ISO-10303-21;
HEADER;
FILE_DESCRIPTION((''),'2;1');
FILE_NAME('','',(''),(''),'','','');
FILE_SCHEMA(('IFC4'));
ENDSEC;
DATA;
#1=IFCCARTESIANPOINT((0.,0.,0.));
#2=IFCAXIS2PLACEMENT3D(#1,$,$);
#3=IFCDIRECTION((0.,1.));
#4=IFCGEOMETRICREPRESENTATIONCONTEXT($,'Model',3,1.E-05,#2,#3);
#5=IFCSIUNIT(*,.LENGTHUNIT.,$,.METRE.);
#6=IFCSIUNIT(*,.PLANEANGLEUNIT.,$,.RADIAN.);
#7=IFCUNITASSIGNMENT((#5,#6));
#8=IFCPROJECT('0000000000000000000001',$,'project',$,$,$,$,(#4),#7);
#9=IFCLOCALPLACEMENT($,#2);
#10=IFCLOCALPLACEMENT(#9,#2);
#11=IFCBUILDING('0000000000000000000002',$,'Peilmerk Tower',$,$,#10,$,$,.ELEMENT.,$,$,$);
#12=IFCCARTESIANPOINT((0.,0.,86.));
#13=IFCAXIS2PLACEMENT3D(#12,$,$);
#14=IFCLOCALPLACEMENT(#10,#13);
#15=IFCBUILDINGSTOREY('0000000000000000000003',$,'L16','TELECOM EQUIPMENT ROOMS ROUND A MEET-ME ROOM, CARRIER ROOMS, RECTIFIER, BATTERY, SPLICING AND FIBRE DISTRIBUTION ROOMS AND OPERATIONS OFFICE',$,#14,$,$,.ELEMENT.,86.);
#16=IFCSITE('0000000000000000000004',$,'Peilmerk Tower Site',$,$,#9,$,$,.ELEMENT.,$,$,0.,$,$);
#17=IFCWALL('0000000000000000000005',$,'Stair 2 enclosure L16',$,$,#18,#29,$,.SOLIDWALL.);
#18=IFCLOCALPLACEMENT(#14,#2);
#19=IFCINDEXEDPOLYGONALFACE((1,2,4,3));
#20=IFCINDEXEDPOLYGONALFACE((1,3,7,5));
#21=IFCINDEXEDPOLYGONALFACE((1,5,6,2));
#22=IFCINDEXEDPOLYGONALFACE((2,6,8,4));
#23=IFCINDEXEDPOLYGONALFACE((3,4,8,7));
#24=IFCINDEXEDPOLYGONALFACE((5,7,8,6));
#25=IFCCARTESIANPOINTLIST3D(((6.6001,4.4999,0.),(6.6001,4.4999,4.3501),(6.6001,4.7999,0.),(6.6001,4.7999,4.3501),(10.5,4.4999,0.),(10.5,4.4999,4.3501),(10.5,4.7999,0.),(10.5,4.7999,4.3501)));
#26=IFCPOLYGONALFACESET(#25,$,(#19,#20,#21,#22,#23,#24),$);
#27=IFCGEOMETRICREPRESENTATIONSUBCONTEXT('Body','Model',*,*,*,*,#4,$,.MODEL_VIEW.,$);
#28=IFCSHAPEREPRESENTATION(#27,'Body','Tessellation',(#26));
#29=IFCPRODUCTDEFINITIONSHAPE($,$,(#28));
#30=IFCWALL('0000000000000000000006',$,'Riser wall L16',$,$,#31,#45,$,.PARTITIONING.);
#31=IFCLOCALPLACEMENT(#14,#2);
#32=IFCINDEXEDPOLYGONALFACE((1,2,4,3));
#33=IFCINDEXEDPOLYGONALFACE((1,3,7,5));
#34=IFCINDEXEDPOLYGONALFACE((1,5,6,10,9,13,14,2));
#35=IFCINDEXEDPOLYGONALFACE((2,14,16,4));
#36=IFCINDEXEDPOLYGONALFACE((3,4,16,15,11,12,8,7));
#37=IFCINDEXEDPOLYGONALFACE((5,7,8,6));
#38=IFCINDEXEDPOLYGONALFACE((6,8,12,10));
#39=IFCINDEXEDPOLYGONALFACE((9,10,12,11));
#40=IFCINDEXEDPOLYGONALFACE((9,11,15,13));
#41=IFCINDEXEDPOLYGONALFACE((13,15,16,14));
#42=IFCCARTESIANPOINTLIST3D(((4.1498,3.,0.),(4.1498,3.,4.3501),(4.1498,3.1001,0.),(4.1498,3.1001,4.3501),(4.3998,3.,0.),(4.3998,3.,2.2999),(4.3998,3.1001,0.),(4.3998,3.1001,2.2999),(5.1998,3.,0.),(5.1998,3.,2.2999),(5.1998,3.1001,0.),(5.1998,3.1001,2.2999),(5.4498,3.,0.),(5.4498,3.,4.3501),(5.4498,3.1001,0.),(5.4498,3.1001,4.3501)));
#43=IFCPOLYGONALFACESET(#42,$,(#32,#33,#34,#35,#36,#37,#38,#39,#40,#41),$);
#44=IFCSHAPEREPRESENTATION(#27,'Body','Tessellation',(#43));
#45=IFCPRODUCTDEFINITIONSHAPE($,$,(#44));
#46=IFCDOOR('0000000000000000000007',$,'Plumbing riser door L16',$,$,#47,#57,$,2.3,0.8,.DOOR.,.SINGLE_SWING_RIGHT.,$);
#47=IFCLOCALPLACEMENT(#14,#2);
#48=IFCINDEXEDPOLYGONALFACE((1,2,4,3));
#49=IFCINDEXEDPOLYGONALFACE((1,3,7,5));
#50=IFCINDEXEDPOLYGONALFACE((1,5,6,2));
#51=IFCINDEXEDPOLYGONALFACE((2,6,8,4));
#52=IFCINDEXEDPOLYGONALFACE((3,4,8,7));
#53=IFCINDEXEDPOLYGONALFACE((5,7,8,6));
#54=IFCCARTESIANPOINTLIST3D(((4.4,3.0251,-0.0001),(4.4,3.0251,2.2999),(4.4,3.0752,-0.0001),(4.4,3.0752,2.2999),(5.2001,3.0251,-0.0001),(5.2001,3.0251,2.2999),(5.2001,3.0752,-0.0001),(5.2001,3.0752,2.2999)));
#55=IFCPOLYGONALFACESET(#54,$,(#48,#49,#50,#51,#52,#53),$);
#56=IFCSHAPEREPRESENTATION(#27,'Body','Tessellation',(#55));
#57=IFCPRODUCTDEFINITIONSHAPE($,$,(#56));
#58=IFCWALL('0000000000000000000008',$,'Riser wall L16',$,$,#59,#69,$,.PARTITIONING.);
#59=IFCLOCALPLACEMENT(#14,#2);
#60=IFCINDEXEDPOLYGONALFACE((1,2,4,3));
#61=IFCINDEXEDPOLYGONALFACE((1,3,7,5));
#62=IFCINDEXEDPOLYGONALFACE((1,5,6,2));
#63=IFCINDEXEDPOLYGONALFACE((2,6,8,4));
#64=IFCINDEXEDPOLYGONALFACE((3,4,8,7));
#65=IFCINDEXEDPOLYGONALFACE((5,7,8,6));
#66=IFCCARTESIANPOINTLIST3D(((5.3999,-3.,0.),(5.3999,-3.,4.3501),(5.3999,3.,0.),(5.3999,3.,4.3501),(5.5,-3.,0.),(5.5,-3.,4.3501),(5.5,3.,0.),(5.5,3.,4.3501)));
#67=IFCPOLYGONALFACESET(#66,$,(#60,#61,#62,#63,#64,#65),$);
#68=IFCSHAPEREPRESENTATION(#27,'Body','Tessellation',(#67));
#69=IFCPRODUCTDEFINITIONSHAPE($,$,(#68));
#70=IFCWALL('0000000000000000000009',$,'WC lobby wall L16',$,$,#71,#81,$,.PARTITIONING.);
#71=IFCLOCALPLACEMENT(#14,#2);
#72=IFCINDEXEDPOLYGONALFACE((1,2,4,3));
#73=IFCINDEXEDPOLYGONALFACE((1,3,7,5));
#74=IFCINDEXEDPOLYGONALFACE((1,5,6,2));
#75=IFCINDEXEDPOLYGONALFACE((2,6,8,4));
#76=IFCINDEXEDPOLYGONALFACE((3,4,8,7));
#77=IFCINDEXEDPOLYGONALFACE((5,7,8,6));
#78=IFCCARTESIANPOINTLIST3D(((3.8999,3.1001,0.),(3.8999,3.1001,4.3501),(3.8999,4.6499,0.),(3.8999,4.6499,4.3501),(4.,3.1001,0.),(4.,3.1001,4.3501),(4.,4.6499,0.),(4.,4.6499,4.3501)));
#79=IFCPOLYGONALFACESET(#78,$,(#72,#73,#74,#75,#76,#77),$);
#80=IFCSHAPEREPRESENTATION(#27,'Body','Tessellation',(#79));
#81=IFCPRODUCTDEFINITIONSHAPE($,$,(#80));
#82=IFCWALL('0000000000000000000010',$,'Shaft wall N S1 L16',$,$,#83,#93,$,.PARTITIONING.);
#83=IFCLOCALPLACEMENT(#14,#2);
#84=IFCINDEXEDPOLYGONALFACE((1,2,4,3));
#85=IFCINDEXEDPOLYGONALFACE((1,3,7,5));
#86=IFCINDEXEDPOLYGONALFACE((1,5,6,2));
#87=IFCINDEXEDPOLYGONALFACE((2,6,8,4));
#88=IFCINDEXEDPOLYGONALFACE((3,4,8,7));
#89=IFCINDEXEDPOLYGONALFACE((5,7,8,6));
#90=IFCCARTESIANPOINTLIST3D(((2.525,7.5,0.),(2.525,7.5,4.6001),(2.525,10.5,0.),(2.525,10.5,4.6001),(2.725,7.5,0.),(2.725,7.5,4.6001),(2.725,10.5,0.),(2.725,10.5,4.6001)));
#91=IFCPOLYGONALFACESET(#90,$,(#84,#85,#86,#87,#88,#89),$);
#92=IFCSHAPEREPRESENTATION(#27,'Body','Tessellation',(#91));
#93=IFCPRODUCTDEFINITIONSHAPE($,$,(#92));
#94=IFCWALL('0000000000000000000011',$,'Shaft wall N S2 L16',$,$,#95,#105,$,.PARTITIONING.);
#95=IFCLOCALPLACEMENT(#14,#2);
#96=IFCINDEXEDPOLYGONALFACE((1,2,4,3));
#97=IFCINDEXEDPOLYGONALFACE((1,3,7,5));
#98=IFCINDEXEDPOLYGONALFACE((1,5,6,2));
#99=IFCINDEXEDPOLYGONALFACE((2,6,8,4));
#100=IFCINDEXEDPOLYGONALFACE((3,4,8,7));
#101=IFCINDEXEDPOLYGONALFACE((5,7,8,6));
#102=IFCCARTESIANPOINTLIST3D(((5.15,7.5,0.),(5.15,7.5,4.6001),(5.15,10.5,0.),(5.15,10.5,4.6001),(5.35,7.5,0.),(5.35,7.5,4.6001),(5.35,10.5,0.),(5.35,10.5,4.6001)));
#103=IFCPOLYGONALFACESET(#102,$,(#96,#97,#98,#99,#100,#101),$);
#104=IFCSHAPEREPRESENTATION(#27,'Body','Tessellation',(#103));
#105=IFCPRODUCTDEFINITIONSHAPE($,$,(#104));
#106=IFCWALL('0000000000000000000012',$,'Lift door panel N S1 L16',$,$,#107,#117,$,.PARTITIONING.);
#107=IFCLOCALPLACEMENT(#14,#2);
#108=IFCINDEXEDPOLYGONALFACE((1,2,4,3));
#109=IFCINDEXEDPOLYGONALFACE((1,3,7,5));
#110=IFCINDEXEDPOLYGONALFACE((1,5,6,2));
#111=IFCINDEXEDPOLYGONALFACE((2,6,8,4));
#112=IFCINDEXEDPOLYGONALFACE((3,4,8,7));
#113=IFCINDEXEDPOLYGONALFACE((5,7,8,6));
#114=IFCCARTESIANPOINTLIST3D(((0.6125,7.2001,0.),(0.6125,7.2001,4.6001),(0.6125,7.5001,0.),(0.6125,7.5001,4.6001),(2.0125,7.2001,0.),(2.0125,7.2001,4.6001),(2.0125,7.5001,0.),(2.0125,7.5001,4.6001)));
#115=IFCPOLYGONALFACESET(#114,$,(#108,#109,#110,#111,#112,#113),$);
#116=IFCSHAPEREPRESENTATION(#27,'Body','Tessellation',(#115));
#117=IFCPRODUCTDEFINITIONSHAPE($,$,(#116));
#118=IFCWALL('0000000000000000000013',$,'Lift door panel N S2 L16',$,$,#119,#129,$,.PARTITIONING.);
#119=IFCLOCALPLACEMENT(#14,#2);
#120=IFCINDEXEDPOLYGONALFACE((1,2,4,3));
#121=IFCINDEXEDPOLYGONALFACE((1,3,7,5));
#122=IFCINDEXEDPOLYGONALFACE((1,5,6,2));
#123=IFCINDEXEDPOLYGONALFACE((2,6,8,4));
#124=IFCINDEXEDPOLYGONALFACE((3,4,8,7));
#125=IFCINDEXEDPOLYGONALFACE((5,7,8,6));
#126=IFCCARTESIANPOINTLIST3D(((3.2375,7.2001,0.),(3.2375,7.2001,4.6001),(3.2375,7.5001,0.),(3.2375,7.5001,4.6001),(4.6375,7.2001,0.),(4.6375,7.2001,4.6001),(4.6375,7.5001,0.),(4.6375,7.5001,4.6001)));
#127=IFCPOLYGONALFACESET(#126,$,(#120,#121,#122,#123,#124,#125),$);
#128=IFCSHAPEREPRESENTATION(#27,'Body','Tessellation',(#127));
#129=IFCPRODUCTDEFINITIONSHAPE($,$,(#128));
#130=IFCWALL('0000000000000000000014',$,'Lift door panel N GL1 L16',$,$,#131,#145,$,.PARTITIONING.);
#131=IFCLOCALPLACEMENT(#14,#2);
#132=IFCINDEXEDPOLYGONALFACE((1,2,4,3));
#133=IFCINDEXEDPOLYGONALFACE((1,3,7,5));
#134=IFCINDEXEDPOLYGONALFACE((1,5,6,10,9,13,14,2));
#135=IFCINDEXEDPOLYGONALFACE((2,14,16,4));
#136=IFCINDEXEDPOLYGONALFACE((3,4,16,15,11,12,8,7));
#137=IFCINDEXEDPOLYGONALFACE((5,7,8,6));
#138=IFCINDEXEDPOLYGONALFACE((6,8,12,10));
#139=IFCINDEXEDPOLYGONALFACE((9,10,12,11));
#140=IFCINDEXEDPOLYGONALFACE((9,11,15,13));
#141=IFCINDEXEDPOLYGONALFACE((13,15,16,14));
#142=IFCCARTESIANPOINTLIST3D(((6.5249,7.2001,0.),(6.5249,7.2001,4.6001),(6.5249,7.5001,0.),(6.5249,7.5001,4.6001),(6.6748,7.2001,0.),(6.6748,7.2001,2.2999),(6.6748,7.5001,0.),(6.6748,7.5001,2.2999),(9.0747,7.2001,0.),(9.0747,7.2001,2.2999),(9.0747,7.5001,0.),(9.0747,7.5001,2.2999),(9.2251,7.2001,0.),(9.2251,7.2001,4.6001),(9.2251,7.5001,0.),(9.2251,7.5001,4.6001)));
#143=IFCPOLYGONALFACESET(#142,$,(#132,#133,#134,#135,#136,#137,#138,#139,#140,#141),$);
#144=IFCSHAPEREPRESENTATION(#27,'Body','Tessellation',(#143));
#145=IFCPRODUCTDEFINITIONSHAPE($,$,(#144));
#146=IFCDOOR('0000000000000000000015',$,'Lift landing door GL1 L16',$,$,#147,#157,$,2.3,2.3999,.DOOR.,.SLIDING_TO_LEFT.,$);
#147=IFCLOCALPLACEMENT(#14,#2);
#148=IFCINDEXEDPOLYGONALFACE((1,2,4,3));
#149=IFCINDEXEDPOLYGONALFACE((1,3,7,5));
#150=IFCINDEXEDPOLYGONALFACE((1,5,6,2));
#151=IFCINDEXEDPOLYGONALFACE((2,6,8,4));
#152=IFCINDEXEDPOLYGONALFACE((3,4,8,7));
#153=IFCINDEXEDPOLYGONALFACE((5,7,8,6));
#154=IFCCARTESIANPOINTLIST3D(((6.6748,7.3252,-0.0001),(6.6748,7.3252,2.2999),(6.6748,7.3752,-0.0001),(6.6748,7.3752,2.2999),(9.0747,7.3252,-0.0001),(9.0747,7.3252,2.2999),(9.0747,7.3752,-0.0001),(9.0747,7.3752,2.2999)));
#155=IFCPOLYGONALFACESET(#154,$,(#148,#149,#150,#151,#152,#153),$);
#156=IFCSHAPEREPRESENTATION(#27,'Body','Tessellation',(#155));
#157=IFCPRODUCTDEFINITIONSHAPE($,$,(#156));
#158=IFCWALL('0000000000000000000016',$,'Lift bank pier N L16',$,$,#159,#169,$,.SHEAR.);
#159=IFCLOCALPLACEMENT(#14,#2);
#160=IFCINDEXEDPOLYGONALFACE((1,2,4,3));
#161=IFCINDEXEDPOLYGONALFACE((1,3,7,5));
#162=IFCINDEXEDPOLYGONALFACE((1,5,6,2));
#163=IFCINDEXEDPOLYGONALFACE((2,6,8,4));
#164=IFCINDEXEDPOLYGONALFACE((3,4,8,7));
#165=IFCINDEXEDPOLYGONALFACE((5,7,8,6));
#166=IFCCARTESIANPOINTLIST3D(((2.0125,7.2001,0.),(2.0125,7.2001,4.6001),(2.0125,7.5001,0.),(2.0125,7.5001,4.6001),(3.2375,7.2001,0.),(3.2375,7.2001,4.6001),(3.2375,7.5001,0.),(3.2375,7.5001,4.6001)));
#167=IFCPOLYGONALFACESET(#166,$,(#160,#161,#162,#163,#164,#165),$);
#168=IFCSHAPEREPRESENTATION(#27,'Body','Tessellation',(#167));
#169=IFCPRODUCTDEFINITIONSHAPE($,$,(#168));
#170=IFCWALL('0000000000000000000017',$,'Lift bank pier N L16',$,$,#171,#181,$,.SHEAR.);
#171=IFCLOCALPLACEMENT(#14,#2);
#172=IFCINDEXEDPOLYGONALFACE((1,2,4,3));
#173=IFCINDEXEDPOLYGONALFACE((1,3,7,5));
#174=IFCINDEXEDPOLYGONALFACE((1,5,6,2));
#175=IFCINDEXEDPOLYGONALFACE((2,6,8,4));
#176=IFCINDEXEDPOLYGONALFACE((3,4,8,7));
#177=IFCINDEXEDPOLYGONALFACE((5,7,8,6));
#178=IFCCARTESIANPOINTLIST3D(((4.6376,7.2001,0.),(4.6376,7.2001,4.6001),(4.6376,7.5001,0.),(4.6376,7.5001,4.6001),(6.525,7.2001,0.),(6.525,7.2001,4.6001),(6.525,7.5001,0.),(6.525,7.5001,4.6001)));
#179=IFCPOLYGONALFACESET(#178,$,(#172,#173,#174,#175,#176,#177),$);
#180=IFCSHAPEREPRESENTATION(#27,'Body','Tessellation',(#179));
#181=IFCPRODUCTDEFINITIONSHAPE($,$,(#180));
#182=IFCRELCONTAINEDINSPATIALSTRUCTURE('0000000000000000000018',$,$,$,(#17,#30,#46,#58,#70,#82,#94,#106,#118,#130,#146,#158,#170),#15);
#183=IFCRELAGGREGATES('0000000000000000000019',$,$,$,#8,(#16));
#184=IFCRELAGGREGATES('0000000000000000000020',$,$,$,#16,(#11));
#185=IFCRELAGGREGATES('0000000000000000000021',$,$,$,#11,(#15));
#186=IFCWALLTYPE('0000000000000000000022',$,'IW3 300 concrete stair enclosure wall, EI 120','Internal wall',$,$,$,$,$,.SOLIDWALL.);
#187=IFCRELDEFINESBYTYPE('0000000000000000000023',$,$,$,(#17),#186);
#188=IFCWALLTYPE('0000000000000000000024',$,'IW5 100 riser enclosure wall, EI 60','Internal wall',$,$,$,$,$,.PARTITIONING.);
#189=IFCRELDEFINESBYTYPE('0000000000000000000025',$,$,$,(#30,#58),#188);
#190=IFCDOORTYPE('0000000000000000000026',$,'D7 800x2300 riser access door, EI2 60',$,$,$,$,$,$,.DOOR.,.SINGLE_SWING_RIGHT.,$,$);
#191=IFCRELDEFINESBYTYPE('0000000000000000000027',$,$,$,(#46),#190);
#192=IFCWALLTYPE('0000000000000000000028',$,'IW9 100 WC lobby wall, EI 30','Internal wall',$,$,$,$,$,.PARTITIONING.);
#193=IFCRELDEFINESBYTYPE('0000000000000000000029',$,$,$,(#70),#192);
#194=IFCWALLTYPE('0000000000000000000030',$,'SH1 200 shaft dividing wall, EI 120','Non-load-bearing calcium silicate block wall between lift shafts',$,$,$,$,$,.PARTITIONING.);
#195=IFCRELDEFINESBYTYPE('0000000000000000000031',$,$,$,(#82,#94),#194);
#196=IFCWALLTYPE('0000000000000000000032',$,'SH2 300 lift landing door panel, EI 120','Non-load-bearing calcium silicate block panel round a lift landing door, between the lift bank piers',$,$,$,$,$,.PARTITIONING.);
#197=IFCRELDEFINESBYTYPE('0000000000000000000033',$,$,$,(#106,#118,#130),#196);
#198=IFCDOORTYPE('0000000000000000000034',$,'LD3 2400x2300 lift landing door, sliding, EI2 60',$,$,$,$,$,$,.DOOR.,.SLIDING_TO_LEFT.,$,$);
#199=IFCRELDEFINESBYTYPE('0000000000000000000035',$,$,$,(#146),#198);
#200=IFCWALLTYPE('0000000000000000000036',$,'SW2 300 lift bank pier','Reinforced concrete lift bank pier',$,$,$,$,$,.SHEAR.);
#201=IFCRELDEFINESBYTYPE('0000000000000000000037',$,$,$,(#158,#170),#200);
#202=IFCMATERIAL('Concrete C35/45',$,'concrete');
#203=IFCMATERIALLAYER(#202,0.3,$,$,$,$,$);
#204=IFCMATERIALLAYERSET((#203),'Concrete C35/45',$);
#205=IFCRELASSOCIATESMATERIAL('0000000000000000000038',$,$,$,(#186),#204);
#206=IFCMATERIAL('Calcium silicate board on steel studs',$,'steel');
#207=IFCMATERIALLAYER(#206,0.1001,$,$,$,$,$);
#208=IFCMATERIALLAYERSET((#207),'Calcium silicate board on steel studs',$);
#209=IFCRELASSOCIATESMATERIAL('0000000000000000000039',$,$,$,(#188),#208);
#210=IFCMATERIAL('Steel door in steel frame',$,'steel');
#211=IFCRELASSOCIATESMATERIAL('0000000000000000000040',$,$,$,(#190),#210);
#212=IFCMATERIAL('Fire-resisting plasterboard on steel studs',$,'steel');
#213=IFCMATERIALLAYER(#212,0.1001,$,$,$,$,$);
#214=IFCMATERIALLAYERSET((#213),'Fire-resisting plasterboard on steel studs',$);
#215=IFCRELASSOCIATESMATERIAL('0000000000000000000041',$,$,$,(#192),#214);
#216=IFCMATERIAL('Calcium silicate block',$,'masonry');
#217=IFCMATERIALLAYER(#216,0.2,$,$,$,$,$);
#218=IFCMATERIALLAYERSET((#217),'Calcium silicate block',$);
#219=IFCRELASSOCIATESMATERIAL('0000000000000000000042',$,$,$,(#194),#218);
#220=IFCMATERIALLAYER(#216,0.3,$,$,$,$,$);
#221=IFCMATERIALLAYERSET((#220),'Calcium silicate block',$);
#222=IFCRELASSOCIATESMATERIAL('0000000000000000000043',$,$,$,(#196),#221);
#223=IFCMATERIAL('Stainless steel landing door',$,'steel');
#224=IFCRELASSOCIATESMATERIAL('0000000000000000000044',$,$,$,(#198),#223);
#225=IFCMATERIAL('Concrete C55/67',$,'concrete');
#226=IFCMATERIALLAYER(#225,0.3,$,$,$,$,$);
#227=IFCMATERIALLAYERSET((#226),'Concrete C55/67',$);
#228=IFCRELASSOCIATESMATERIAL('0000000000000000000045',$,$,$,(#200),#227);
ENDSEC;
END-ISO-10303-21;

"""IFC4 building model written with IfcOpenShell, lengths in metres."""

from ifc_helpers import new_model, si_unit, direction, frame, frame_2d, origin, place, context, subcontext, project, spatial, rectangle, extrude, material, layer, layer_set, type_object, element, fill, save


model = new_model("IFC4")

# Units and contexts
model_context = context("Model", 3, precision=1e-05, world=origin(), true_north=direction((0.0, 1.0)))
body_context = subcontext(model_context, "Body", "Model", "MODEL_VIEW")
ifc_project = project(units=[si_unit("LENGTHUNIT", "METRE"), si_unit("PLANEANGLEUNIT", "RADIAN")], contexts=[model_context])

# Site, building, storey
site_placement = place(None, origin())
site = spatial("IfcSite", under=ifc_project, at=site_placement, Name="Peilmerk Tower Site", CompositionType="ELEMENT", RefElevation=0.0)
building_placement = place(site_placement, origin())
building = spatial("IfcBuilding", under=site, at=building_placement, Name="Peilmerk Tower", CompositionType="ELEMENT")
storey_placement = place(building_placement, frame((0.0, 0.0, 86.0)))
storey = spatial("IfcBuildingStorey", under=building, at=storey_placement, Name="L16", Description="TELECOM EQUIPMENT ROOMS ROUND A MEET-ME ROOM, CARRIER ROOMS, RECTIFIER, BATTERY, SPLICING AND FIBRE DISTRIBUTION ROOMS AND OPERATIONS OFFICE", CompositionType="ELEMENT", Elevation=86.0)

# Wall
ifc_material_1 = material(Name="Concrete C35/45", Category="concrete")
ifc_layer_1 = layer(ifc_material_1, 0.3)
ifc_layer_set_1 = layer_set([ifc_layer_1], Name="Concrete C35/45")
wall_type_1 = type_object("IfcWallType", Name="IW3 300 concrete stair enclosure wall, EI 120", Description="Internal wall", PredefinedType="SOLIDWALL", material=ifc_layer_set_1)
wall_1_placement = place(storey_placement, frame((6.6001, 4.6499, 0.0), z_axis=(0.0, 0.0, 1.0), x_axis=(1.0, 0.0, 0.0)))
element("IfcWall", 1, at=wall_1_placement, inside=storey, type_object=wall_type_1, Name="Stair 2 enclosure L16", PredefinedType="SOLIDWALL", context=body_context, shape_type="SweptSolid", body=[
    extrude(rectangle(XDim=3.8999, YDim=0.3, at=frame_2d((1.95, 0.0))), origin(), (0.0, 0.0, 1.0), 4.3501),
])

# Wall, opening, door
ifc_material_2 = material(Name="Calcium silicate board on steel studs", Category="steel")
ifc_layer_2 = layer(ifc_material_2, 0.1001)
ifc_layer_set_2 = layer_set([ifc_layer_2], Name="Calcium silicate board on steel studs")
wall_type_2 = type_object("IfcWallType", Name="IW5 100 riser enclosure wall, EI 60", Description="Internal wall", PredefinedType="PARTITIONING", material=ifc_layer_set_2)
wall_2_placement = place(storey_placement, frame((4.1499, 3.05, 0.0), z_axis=(0.0, 0.0, 1.0), x_axis=(1.0, 0.0, 0.0)))
wall_2 = element("IfcWall", 2, at=wall_2_placement, inside=storey, type_object=wall_type_2, Name="Riser wall L16", PredefinedType="PARTITIONING", context=body_context, shape_type="SweptSolid", body=[
    extrude(rectangle(XDim=1.3, YDim=0.1001, at=frame_2d((0.6499, 0.0))), origin(), (0.0, 0.0, 1.0), 4.3501),
])
opening_1_placement = place(wall_2_placement, frame((0.25, 0.0, 0.0)))
opening_1 = element("IfcOpeningElement", 3, at=opening_1_placement, cuts=wall_2, PredefinedType="OPENING", context=body_context, shape_type="SweptSolid", body=[
    extrude(rectangle(XDim=0.8, YDim=2.3, at=frame_2d((0.3999, 1.1499))), frame((0.0, 0.0601, 0.0), z_axis=(0.0, -1.0, 0.0), x_axis=(1.0, 0.0, 0.0)), (0.0, 0.0, 1.0), 0.1201),
])
ifc_material_3 = material(Name="Steel door in steel frame", Category="steel")
door_type_1 = type_object("IfcDoorType", Name="D7 800x2300 riser access door, EI2 60", OperationType="SINGLE_SWING_RIGHT", PredefinedType="DOOR", material=ifc_material_3)
door_1_placement = place(opening_1_placement, frame((0.8, 0.0, 0.0), z_axis=(0.0, 0.0, 1.0), x_axis=(-1.0, 0.0, 0.0)))
door_1 = element("IfcDoor", 4, at=door_1_placement, inside=storey, type_object=door_type_1, Name="Plumbing riser door L16", OperationType="SINGLE_SWING_RIGHT", OverallHeight=2.3, OverallWidth=0.8, PredefinedType="DOOR", context=body_context, shape_type="SweptSolid", body=[
    extrude(rectangle(XDim=0.8, YDim=2.3, at=frame_2d((0.3999, 1.1499))), frame((0.0, 0.0249, 0.0), z_axis=(0.0, -1.0, 0.0), x_axis=(1.0, 0.0, 0.0)), (0.0, 0.0, 1.0), 0.05),
])
fill(opening_1, door_1)

# Walls
wall_3_placement = place(storey_placement, frame((5.45, 3.0, 0.0), z_axis=(0.0, 0.0, 1.0), x_axis=(0.0, -1.0, 0.0)))
element("IfcWall", 5, at=wall_3_placement, inside=storey, type_object=wall_type_2, Name="Riser wall L16", PredefinedType="PARTITIONING", context=body_context, shape_type="SweptSolid", body=[
    extrude(rectangle(XDim=6.0, YDim=0.1001, at=frame_2d((3.0, 0.0))), origin(), (0.0, 0.0, 1.0), 4.3501),
])
ifc_material_4 = material(Name="Fire-resisting plasterboard on steel studs", Category="steel")
ifc_layer_3 = layer(ifc_material_4, 0.1001)
ifc_layer_set_3 = layer_set([ifc_layer_3], Name="Fire-resisting plasterboard on steel studs")
wall_type_3 = type_object("IfcWallType", Name="IW9 100 WC lobby wall, EI 30", Description="Internal wall", PredefinedType="PARTITIONING", material=ifc_layer_set_3)
wall_4_placement = place(storey_placement, frame((3.95, 3.1001, 0.0), z_axis=(0.0, 0.0, 1.0), x_axis=(0.0, 1.0, 0.0)))
element("IfcWall", 6, at=wall_4_placement, inside=storey, type_object=wall_type_3, Name="WC lobby wall L16", PredefinedType="PARTITIONING", context=body_context, shape_type="SweptSolid", body=[
    extrude(rectangle(XDim=1.5498, YDim=0.1001, at=frame_2d((0.7749, 0.0))), origin(), (0.0, 0.0, 1.0), 4.3501),
])
ifc_material_5 = material(Name="Calcium silicate block", Category="masonry")
ifc_layer_4 = layer(ifc_material_5, 0.2)
ifc_layer_set_4 = layer_set([ifc_layer_4], Name="Calcium silicate block")
wall_type_4 = type_object("IfcWallType", Name="SH1 200 shaft dividing wall, EI 120", Description="Non-load-bearing calcium silicate block wall between lift shafts", PredefinedType="PARTITIONING", material=ifc_layer_set_4)
for number, where, z_axis, x_axis, name in (
    (7, (2.625, 7.5, 0.0), (0.0, 0.0, 1.0), (0.0, 1.0, 0.0), "Shaft wall N S1 L16"),
    (8, (5.25, 7.5, 0.0), (0.0, 0.0, 1.0), (0.0, 1.0, 0.0), "Shaft wall N S2 L16"),
):
    element("IfcWall", number, at=place(storey_placement, frame(where, z_axis=z_axis, x_axis=x_axis)), inside=storey, type_object=wall_type_4, Name=name, PredefinedType="PARTITIONING", context=body_context, shape_type="SweptSolid", body=[
        extrude(rectangle(XDim=3.0, YDim=0.2, at=frame_2d((1.5, 0.0))), origin(), (0.0, 0.0, 1.0), 4.6001),
    ])
ifc_layer_5 = layer(ifc_material_5, 0.3)
ifc_layer_set_5 = layer_set([ifc_layer_5], Name="Calcium silicate block")
wall_type_5 = type_object("IfcWallType", Name="SH2 300 lift landing door panel, EI 120", Description="Non-load-bearing calcium silicate block panel round a lift landing door, between the lift bank piers", PredefinedType="PARTITIONING", material=ifc_layer_set_5)
for number, where, z_axis, x_axis, name in (
    (9, (0.6125, 7.3501, 0.0), (0.0, 0.0, 1.0), (1.0, 0.0, 0.0), "Lift door panel N S1 L16"),
    (10, (3.2375, 7.3501, 0.0), (0.0, 0.0, 1.0), (1.0, 0.0, 0.0), "Lift door panel N S2 L16"),
):
    element("IfcWall", number, at=place(storey_placement, frame(where, z_axis=z_axis, x_axis=x_axis)), inside=storey, type_object=wall_type_5, Name=name, PredefinedType="PARTITIONING", context=body_context, shape_type="SweptSolid", body=[
        extrude(rectangle(XDim=1.3999, YDim=0.3, at=frame_2d((0.7, 0.0))), origin(), (0.0, 0.0, 1.0), 4.6001),
    ])

# Wall, opening, door
wall_5_placement = place(storey_placement, frame((6.5249, 7.3501, 0.0), z_axis=(0.0, 0.0, 1.0), x_axis=(1.0, 0.0, 0.0)))
wall_5 = element("IfcWall", 11, at=wall_5_placement, inside=storey, type_object=wall_type_5, Name="Lift door panel N GL1 L16", PredefinedType="PARTITIONING", context=body_context, shape_type="SweptSolid", body=[
    extrude(rectangle(XDim=2.7002, YDim=0.3, at=frame_2d((1.3501, 0.0))), origin(), (0.0, 0.0, 1.0), 4.6001),
])
opening_2_placement = place(wall_5_placement, frame((0.1499, 0.0, 0.0)))
opening_2 = element("IfcOpeningElement", 12, at=opening_2_placement, cuts=wall_5, PredefinedType="OPENING", context=body_context, shape_type="SweptSolid", body=[
    extrude(rectangle(XDim=2.3999, YDim=2.3, at=frame_2d((1.2, 1.1499))), frame((0.0, 0.1599, 0.0), z_axis=(0.0, -1.0, 0.0), x_axis=(1.0, 0.0, 0.0)), (0.0, 0.0, 1.0), 0.3201),
])
ifc_material_6 = material(Name="Stainless steel landing door", Category="steel")
door_type_2 = type_object("IfcDoorType", Name="LD3 2400x2300 lift landing door, sliding, EI2 60", OperationType="SLIDING_TO_LEFT", PredefinedType="DOOR", material=ifc_material_6)
door_2_placement = place(opening_2_placement, frame((2.3999, 0.0, 0.0), z_axis=(0.0, 0.0, 1.0), x_axis=(-1.0, 0.0, 0.0)))
door_2 = element("IfcDoor", 13, at=door_2_placement, inside=storey, type_object=door_type_2, Name="Lift landing door GL1 L16", OperationType="SLIDING_TO_LEFT", OverallHeight=2.3, OverallWidth=2.3999, PredefinedType="DOOR", context=body_context, shape_type="SweptSolid", body=[
    extrude(rectangle(XDim=2.3999, YDim=2.3, at=frame_2d((1.2, 1.1499))), frame((0.0, 0.0249, 0.0), z_axis=(0.0, -1.0, 0.0), x_axis=(1.0, 0.0, 0.0)), (0.0, 0.0, 1.0), 0.05),
])
fill(opening_2, door_2)

# Walls
ifc_material_7 = material(Name="Concrete C55/67", Category="concrete")
ifc_layer_6 = layer(ifc_material_7, 0.3)
ifc_layer_set_6 = layer_set([ifc_layer_6], Name="Concrete C55/67")
wall_type_6 = type_object("IfcWallType", Name="SW2 300 lift bank pier", Description="Reinforced concrete lift bank pier", PredefinedType="SHEAR", material=ifc_layer_set_6)
wall_6_placement = place(storey_placement, frame((2.0125, 7.3501, 0.0), z_axis=(0.0, 0.0, 1.0), x_axis=(1.0, 0.0, 0.0)))
element("IfcWall", 14, at=wall_6_placement, inside=storey, type_object=wall_type_6, Name="Lift bank pier N L16", PredefinedType="SHEAR", context=body_context, shape_type="SweptSolid", body=[
    extrude(rectangle(XDim=1.2251, YDim=0.3, at=frame_2d((0.6125, 0.0))), origin(), (0.0, 0.0, 1.0), 4.6001),
])
wall_7_placement = place(storey_placement, frame((4.6375, 7.3501, 0.0), z_axis=(0.0, 0.0, 1.0), x_axis=(1.0, 0.0, 0.0)))
element("IfcWall", 15, at=wall_7_placement, inside=storey, type_object=wall_type_6, Name="Lift bank pier N L16", PredefinedType="SHEAR", context=body_context, shape_type="SweptSolid", body=[
    extrude(rectangle(XDim=1.8875, YDim=0.3, at=frame_2d((0.9438, 0.0))), origin(), (0.0, 0.0, 1.0), 4.6001),
])

save(model, "model.ifc")
